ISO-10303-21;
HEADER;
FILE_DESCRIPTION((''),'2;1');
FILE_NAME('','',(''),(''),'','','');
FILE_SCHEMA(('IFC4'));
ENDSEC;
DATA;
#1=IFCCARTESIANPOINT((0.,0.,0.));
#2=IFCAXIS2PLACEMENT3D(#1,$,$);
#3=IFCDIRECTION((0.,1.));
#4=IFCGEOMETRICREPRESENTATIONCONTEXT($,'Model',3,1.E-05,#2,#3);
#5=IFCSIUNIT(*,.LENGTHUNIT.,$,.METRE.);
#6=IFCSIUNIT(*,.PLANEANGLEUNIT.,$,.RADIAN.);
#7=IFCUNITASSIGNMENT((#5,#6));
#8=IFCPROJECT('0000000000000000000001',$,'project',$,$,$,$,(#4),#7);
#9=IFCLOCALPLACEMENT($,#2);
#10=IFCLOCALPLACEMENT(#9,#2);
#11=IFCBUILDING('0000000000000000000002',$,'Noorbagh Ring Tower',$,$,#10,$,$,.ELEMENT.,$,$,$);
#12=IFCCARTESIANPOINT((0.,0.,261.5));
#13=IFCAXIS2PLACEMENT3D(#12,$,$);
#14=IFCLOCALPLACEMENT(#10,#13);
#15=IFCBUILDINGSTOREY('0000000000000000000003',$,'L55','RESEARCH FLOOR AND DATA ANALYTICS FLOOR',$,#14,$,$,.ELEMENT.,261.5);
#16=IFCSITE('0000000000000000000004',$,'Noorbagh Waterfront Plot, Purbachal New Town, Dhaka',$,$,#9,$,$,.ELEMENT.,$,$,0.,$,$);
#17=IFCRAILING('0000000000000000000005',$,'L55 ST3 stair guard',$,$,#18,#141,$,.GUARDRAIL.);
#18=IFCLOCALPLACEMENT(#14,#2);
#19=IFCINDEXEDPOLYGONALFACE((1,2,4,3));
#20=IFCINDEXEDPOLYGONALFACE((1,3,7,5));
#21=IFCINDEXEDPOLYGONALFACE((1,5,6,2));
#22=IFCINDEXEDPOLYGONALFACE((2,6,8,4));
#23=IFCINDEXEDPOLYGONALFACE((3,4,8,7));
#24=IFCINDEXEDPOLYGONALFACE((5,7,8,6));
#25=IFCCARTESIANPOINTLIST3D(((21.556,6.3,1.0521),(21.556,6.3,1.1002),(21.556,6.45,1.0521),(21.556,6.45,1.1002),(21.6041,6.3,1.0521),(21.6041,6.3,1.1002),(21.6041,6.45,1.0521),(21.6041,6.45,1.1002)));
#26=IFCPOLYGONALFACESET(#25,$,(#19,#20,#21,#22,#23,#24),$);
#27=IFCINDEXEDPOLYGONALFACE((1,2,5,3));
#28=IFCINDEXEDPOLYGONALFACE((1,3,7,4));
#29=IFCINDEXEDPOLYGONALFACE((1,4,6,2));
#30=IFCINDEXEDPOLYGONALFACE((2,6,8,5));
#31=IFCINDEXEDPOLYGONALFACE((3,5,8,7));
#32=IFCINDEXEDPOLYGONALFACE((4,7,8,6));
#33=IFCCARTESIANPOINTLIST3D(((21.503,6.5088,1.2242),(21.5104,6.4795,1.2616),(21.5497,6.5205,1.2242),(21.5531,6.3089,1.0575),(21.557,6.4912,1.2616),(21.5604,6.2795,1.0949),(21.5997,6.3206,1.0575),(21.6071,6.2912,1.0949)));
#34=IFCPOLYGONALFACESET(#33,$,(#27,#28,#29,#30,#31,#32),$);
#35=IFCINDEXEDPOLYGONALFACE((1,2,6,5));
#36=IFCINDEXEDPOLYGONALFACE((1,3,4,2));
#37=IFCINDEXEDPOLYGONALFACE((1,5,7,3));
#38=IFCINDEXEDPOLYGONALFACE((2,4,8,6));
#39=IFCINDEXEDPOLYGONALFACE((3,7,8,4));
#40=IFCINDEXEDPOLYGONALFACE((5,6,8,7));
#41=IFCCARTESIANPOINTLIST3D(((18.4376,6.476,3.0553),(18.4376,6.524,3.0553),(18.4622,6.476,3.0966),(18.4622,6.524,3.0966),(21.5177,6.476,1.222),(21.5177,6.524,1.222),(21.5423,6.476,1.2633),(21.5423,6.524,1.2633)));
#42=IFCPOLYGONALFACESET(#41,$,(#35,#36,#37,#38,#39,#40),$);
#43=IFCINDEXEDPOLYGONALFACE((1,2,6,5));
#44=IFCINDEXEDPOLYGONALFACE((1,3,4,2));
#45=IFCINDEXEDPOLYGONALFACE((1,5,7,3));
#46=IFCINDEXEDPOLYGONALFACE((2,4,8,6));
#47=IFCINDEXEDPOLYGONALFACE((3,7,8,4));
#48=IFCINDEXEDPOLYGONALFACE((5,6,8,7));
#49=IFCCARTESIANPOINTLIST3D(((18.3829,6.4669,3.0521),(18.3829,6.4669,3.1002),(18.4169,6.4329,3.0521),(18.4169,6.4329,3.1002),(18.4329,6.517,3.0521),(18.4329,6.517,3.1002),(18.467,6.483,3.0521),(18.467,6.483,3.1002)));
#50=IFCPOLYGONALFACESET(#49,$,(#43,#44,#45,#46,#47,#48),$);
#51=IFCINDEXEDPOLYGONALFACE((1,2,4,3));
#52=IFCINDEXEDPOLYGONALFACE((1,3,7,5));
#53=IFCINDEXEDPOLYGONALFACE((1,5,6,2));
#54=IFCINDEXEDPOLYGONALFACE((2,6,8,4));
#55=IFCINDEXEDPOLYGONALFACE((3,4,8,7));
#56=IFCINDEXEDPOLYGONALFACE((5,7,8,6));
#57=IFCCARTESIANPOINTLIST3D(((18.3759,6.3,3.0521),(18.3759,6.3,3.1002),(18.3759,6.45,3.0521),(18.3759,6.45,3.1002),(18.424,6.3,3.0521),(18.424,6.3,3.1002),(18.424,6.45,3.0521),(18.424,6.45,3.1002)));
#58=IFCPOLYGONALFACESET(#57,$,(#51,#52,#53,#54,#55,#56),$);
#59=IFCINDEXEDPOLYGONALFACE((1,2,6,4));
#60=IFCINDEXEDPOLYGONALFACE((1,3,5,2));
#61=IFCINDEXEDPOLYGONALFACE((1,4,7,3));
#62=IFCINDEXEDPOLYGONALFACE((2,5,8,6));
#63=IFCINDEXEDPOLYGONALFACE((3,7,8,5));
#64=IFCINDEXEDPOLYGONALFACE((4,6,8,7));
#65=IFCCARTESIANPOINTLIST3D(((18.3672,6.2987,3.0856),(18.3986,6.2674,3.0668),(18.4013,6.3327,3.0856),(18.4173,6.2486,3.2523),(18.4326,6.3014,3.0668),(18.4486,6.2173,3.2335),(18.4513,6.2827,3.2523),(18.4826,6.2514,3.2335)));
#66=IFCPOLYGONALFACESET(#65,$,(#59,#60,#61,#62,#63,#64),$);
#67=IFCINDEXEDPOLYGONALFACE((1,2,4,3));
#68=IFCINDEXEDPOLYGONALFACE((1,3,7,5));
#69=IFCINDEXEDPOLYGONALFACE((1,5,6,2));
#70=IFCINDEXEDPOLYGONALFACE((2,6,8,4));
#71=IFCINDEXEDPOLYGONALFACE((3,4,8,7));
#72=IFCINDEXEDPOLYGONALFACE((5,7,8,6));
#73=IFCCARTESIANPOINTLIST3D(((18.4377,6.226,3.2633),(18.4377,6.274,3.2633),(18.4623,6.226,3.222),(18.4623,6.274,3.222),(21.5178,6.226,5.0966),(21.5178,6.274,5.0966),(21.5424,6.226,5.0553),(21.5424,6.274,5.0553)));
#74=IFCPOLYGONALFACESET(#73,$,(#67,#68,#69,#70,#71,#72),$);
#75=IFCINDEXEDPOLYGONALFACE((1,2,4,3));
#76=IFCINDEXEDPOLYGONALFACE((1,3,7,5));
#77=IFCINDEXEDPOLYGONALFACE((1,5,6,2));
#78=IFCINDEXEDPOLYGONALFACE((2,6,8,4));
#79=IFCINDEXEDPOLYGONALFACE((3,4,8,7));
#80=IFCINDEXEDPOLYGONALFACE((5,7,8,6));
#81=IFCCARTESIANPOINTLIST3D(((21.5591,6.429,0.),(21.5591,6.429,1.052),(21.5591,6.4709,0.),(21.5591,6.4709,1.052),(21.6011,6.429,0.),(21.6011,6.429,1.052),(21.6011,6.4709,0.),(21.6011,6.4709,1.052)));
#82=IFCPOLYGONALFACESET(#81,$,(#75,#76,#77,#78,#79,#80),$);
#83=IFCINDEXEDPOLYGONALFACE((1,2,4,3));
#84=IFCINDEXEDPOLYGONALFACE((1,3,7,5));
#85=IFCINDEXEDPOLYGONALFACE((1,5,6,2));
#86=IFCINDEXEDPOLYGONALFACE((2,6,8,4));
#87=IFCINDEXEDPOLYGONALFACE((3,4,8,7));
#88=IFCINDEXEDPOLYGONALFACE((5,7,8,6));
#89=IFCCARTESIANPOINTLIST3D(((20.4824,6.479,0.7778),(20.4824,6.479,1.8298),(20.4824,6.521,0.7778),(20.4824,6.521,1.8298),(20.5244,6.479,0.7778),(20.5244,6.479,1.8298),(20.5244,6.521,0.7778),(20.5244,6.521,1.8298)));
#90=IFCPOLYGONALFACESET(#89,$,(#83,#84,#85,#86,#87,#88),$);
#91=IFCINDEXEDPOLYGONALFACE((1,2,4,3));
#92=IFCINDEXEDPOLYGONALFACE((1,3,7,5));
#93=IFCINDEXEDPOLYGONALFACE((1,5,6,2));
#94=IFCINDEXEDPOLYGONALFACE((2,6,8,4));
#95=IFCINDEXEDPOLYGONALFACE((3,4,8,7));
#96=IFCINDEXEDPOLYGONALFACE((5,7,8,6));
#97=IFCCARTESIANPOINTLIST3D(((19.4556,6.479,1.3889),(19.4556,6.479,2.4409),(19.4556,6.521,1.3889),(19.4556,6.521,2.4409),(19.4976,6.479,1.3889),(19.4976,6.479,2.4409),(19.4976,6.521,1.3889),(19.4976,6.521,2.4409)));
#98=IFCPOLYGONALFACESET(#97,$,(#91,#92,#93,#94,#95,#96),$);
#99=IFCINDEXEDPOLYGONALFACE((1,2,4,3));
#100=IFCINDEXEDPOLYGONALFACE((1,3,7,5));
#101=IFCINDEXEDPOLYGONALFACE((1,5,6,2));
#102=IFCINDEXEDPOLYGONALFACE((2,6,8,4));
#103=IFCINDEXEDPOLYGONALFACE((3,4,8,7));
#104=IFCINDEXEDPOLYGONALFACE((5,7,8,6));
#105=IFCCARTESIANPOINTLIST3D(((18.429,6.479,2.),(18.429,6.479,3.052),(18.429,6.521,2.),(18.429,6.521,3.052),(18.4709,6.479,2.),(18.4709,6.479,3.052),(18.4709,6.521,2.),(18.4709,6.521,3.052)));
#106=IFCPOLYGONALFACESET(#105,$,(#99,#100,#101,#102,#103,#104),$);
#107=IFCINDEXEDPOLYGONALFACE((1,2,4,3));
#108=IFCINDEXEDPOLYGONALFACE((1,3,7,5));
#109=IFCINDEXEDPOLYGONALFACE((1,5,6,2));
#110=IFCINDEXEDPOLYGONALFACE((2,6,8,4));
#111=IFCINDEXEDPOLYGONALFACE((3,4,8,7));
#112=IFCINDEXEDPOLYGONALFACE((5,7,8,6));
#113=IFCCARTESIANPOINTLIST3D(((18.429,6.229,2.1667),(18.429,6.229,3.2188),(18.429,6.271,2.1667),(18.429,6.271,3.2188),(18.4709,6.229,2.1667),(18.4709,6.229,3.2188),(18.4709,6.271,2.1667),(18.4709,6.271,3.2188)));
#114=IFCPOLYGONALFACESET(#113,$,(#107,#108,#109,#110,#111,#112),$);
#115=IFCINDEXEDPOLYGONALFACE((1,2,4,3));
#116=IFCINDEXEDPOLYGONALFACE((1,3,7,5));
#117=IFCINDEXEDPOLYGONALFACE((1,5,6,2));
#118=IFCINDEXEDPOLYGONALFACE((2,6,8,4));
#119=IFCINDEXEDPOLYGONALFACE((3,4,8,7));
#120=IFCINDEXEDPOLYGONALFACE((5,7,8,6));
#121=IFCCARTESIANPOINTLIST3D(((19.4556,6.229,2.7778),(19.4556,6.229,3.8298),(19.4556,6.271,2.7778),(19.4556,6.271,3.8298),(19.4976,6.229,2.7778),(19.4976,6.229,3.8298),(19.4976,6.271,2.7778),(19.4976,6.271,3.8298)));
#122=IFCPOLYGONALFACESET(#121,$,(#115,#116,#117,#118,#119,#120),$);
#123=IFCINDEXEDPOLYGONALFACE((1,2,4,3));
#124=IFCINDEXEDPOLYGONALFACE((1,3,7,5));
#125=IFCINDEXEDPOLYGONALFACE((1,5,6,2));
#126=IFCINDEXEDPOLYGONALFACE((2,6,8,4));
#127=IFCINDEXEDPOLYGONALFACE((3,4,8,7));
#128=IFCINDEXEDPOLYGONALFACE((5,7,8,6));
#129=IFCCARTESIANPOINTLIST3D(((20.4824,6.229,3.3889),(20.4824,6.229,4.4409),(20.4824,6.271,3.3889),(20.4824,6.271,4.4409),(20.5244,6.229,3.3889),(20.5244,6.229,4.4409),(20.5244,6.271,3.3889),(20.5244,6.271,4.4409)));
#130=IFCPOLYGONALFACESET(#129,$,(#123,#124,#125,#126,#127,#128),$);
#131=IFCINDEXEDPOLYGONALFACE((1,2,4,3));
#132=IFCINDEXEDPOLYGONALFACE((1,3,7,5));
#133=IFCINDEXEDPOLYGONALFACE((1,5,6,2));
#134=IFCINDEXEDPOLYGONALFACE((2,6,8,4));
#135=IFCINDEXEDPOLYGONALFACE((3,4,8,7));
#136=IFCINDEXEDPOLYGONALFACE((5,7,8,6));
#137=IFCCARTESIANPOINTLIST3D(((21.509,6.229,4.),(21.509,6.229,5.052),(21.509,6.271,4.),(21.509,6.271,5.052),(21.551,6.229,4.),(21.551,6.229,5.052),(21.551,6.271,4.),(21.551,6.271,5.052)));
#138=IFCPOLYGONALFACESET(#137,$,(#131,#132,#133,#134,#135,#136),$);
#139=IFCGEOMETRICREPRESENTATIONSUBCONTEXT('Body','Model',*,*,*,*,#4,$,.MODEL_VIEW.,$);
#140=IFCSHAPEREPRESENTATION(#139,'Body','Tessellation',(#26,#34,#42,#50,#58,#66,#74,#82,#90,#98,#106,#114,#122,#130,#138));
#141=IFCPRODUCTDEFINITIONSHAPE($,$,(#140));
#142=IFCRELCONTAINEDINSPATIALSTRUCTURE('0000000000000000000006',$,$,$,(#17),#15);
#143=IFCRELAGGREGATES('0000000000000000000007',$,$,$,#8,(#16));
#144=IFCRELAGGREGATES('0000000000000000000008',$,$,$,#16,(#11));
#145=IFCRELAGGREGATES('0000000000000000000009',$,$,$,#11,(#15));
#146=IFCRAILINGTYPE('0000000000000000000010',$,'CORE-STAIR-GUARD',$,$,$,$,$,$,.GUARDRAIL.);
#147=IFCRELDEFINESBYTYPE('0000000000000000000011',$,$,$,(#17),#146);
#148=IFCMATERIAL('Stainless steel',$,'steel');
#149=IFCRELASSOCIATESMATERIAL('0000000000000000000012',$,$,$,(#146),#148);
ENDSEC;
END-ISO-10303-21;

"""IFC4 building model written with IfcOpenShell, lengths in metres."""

from ifc_helpers import new_model, si_unit, direction, frame, origin, origin_2d, place, context, subcontext, project, spatial, rectangle, extrude, material, type_object, element, save


model = new_model("IFC4")

# Units and contexts
model_context = context("Model", 3, precision=1e-05, world=origin(), true_north=direction((0.0, 1.0)))
body_context = subcontext(model_context, "Body", "Model", "MODEL_VIEW")
ifc_project = project(units=[si_unit("LENGTHUNIT", "METRE"), si_unit("PLANEANGLEUNIT", "RADIAN")], contexts=[model_context])

# Site, building, storey
site_placement = place(None, origin())
site = spatial("IfcSite", under=ifc_project, at=site_placement, Name="Noorbagh Waterfront Plot, Purbachal New Town, Dhaka", CompositionType="ELEMENT", RefElevation=0.0)
building_placement = place(site_placement, origin())
building = spatial("IfcBuilding", under=site, at=building_placement, Name="Noorbagh Ring Tower", CompositionType="ELEMENT")
storey_placement = place(building_placement, frame((0.0, 0.0, 261.5)))
storey = spatial("IfcBuildingStorey", under=building, at=storey_placement, Name="L55", Description="RESEARCH FLOOR AND DATA ANALYTICS FLOOR", CompositionType="ELEMENT", Elevation=261.5)

# Railing
ifc_material_1 = material(Name="Stainless steel", Category="steel")
railing_type_1 = type_object("IfcRailingType", Name="CORE-STAIR-GUARD", PredefinedType="GUARDRAIL", material=ifc_material_1)
railing_1_placement = place(storey_placement, frame((21.5801, 6.45, 0.0)))
element("IfcRailing", 1, at=railing_1_placement, inside=storey, type_object=railing_type_1, Name="L55 ST3 stair guard", PredefinedType="GUARDRAIL", context=body_context, shape_type="SweptSolid", body=[
    extrude(rectangle(XDim=0.0481, YDim=0.0481, at=origin_2d()), frame((0.0, 0.0, 1.0762), z_axis=(0.0, -1.0, 0.0), x_axis=(1.0, 0.0, 0.0)), (0.0, 0.0, 1.0), 0.1499),
    extrude(rectangle(XDim=0.0481, YDim=0.0481, at=origin_2d()), frame((0.0, -0.1499, 1.0762), z_axis=(-0.188776, 0.754182, 0.628946), x_axis=(-0.970073, -0.242814, 0.0)), (0.0, 0.0, 1.0), 0.2651),
    extrude(rectangle(XDim=0.0481, YDim=0.0481, at=origin_2d()), frame((-0.05, 0.05, 1.2427), z_axis=(-0.859309, 0.0, 0.511458), x_axis=(0.0, -1.0, 0.0)), (0.0, 0.0, 1.0), 3.5845),
    extrude(rectangle(XDim=0.0481, YDim=0.0481, at=origin_2d()), frame((-3.1301, 0.05, 3.0762), z_axis=(-0.707107, -0.707107, 0.0), x_axis=(0.707107, -0.707107, 0.0)), (0.0, 0.0, 1.0), 0.0708),
    extrude(rectangle(XDim=0.0481, YDim=0.0481, at=origin_2d()), frame((-3.1802, 0.0, 3.0762), z_axis=(0.0, -1.0, 0.0), x_axis=(1.0, 0.0, 0.0)), (0.0, 0.0, 1.0), 0.1499),
    extrude(rectangle(XDim=0.0481, YDim=0.0481, at=origin_2d()), frame((-3.1802, -0.1499, 3.0762), z_axis=(0.276287, -0.276287, 0.920506), x_axis=(0.707107, 0.707107, 0.0)), (0.0, 0.0, 1.0), 0.1812),
    extrude(rectangle(XDim=0.0481, YDim=0.0481, at=origin_2d()), frame((-3.1301, -0.2, 3.2427), z_axis=(0.859309, 0.0, 0.511458), x_axis=(0.0, 1.0, 0.0)), (0.0, 0.0, 1.0), 3.5845),
    extrude(rectangle(XDim=0.042, YDim=0.042, at=origin_2d()), origin(), (0.0, 0.0, 1.0), 1.052),
    extrude(rectangle(XDim=0.042, YDim=0.042, at=origin_2d()), frame((-1.0767, 0.05, 0.7778)), (0.0, 0.0, 1.0), 1.052),
    extrude(rectangle(XDim=0.042, YDim=0.042, at=origin_2d()), frame((-2.1035, 0.05, 1.3889)), (0.0, 0.0, 1.0), 1.052),
    extrude(rectangle(XDim=0.042, YDim=0.042, at=origin_2d()), frame((-3.1301, 0.05, 2.0)), (0.0, 0.0, 1.0), 1.052),
    extrude(rectangle(XDim=0.042, YDim=0.042, at=origin_2d()), frame((-3.1301, -0.2, 2.1667)), (0.0, 0.0, 1.0), 1.052),
    extrude(rectangle(XDim=0.042, YDim=0.042, at=origin_2d()), frame((-2.1035, -0.2, 2.7778)), (0.0, 0.0, 1.0), 1.052),
    extrude(rectangle(XDim=0.042, YDim=0.042, at=origin_2d()), frame((-1.0767, -0.2, 3.3889)), (0.0, 0.0, 1.0), 1.052),
    extrude(rectangle(XDim=0.042, YDim=0.042, at=origin_2d()), frame((-0.05, -0.2, 4.0)), (0.0, 0.0, 1.0), 1.052),
])

save(model, "model.ifc")
